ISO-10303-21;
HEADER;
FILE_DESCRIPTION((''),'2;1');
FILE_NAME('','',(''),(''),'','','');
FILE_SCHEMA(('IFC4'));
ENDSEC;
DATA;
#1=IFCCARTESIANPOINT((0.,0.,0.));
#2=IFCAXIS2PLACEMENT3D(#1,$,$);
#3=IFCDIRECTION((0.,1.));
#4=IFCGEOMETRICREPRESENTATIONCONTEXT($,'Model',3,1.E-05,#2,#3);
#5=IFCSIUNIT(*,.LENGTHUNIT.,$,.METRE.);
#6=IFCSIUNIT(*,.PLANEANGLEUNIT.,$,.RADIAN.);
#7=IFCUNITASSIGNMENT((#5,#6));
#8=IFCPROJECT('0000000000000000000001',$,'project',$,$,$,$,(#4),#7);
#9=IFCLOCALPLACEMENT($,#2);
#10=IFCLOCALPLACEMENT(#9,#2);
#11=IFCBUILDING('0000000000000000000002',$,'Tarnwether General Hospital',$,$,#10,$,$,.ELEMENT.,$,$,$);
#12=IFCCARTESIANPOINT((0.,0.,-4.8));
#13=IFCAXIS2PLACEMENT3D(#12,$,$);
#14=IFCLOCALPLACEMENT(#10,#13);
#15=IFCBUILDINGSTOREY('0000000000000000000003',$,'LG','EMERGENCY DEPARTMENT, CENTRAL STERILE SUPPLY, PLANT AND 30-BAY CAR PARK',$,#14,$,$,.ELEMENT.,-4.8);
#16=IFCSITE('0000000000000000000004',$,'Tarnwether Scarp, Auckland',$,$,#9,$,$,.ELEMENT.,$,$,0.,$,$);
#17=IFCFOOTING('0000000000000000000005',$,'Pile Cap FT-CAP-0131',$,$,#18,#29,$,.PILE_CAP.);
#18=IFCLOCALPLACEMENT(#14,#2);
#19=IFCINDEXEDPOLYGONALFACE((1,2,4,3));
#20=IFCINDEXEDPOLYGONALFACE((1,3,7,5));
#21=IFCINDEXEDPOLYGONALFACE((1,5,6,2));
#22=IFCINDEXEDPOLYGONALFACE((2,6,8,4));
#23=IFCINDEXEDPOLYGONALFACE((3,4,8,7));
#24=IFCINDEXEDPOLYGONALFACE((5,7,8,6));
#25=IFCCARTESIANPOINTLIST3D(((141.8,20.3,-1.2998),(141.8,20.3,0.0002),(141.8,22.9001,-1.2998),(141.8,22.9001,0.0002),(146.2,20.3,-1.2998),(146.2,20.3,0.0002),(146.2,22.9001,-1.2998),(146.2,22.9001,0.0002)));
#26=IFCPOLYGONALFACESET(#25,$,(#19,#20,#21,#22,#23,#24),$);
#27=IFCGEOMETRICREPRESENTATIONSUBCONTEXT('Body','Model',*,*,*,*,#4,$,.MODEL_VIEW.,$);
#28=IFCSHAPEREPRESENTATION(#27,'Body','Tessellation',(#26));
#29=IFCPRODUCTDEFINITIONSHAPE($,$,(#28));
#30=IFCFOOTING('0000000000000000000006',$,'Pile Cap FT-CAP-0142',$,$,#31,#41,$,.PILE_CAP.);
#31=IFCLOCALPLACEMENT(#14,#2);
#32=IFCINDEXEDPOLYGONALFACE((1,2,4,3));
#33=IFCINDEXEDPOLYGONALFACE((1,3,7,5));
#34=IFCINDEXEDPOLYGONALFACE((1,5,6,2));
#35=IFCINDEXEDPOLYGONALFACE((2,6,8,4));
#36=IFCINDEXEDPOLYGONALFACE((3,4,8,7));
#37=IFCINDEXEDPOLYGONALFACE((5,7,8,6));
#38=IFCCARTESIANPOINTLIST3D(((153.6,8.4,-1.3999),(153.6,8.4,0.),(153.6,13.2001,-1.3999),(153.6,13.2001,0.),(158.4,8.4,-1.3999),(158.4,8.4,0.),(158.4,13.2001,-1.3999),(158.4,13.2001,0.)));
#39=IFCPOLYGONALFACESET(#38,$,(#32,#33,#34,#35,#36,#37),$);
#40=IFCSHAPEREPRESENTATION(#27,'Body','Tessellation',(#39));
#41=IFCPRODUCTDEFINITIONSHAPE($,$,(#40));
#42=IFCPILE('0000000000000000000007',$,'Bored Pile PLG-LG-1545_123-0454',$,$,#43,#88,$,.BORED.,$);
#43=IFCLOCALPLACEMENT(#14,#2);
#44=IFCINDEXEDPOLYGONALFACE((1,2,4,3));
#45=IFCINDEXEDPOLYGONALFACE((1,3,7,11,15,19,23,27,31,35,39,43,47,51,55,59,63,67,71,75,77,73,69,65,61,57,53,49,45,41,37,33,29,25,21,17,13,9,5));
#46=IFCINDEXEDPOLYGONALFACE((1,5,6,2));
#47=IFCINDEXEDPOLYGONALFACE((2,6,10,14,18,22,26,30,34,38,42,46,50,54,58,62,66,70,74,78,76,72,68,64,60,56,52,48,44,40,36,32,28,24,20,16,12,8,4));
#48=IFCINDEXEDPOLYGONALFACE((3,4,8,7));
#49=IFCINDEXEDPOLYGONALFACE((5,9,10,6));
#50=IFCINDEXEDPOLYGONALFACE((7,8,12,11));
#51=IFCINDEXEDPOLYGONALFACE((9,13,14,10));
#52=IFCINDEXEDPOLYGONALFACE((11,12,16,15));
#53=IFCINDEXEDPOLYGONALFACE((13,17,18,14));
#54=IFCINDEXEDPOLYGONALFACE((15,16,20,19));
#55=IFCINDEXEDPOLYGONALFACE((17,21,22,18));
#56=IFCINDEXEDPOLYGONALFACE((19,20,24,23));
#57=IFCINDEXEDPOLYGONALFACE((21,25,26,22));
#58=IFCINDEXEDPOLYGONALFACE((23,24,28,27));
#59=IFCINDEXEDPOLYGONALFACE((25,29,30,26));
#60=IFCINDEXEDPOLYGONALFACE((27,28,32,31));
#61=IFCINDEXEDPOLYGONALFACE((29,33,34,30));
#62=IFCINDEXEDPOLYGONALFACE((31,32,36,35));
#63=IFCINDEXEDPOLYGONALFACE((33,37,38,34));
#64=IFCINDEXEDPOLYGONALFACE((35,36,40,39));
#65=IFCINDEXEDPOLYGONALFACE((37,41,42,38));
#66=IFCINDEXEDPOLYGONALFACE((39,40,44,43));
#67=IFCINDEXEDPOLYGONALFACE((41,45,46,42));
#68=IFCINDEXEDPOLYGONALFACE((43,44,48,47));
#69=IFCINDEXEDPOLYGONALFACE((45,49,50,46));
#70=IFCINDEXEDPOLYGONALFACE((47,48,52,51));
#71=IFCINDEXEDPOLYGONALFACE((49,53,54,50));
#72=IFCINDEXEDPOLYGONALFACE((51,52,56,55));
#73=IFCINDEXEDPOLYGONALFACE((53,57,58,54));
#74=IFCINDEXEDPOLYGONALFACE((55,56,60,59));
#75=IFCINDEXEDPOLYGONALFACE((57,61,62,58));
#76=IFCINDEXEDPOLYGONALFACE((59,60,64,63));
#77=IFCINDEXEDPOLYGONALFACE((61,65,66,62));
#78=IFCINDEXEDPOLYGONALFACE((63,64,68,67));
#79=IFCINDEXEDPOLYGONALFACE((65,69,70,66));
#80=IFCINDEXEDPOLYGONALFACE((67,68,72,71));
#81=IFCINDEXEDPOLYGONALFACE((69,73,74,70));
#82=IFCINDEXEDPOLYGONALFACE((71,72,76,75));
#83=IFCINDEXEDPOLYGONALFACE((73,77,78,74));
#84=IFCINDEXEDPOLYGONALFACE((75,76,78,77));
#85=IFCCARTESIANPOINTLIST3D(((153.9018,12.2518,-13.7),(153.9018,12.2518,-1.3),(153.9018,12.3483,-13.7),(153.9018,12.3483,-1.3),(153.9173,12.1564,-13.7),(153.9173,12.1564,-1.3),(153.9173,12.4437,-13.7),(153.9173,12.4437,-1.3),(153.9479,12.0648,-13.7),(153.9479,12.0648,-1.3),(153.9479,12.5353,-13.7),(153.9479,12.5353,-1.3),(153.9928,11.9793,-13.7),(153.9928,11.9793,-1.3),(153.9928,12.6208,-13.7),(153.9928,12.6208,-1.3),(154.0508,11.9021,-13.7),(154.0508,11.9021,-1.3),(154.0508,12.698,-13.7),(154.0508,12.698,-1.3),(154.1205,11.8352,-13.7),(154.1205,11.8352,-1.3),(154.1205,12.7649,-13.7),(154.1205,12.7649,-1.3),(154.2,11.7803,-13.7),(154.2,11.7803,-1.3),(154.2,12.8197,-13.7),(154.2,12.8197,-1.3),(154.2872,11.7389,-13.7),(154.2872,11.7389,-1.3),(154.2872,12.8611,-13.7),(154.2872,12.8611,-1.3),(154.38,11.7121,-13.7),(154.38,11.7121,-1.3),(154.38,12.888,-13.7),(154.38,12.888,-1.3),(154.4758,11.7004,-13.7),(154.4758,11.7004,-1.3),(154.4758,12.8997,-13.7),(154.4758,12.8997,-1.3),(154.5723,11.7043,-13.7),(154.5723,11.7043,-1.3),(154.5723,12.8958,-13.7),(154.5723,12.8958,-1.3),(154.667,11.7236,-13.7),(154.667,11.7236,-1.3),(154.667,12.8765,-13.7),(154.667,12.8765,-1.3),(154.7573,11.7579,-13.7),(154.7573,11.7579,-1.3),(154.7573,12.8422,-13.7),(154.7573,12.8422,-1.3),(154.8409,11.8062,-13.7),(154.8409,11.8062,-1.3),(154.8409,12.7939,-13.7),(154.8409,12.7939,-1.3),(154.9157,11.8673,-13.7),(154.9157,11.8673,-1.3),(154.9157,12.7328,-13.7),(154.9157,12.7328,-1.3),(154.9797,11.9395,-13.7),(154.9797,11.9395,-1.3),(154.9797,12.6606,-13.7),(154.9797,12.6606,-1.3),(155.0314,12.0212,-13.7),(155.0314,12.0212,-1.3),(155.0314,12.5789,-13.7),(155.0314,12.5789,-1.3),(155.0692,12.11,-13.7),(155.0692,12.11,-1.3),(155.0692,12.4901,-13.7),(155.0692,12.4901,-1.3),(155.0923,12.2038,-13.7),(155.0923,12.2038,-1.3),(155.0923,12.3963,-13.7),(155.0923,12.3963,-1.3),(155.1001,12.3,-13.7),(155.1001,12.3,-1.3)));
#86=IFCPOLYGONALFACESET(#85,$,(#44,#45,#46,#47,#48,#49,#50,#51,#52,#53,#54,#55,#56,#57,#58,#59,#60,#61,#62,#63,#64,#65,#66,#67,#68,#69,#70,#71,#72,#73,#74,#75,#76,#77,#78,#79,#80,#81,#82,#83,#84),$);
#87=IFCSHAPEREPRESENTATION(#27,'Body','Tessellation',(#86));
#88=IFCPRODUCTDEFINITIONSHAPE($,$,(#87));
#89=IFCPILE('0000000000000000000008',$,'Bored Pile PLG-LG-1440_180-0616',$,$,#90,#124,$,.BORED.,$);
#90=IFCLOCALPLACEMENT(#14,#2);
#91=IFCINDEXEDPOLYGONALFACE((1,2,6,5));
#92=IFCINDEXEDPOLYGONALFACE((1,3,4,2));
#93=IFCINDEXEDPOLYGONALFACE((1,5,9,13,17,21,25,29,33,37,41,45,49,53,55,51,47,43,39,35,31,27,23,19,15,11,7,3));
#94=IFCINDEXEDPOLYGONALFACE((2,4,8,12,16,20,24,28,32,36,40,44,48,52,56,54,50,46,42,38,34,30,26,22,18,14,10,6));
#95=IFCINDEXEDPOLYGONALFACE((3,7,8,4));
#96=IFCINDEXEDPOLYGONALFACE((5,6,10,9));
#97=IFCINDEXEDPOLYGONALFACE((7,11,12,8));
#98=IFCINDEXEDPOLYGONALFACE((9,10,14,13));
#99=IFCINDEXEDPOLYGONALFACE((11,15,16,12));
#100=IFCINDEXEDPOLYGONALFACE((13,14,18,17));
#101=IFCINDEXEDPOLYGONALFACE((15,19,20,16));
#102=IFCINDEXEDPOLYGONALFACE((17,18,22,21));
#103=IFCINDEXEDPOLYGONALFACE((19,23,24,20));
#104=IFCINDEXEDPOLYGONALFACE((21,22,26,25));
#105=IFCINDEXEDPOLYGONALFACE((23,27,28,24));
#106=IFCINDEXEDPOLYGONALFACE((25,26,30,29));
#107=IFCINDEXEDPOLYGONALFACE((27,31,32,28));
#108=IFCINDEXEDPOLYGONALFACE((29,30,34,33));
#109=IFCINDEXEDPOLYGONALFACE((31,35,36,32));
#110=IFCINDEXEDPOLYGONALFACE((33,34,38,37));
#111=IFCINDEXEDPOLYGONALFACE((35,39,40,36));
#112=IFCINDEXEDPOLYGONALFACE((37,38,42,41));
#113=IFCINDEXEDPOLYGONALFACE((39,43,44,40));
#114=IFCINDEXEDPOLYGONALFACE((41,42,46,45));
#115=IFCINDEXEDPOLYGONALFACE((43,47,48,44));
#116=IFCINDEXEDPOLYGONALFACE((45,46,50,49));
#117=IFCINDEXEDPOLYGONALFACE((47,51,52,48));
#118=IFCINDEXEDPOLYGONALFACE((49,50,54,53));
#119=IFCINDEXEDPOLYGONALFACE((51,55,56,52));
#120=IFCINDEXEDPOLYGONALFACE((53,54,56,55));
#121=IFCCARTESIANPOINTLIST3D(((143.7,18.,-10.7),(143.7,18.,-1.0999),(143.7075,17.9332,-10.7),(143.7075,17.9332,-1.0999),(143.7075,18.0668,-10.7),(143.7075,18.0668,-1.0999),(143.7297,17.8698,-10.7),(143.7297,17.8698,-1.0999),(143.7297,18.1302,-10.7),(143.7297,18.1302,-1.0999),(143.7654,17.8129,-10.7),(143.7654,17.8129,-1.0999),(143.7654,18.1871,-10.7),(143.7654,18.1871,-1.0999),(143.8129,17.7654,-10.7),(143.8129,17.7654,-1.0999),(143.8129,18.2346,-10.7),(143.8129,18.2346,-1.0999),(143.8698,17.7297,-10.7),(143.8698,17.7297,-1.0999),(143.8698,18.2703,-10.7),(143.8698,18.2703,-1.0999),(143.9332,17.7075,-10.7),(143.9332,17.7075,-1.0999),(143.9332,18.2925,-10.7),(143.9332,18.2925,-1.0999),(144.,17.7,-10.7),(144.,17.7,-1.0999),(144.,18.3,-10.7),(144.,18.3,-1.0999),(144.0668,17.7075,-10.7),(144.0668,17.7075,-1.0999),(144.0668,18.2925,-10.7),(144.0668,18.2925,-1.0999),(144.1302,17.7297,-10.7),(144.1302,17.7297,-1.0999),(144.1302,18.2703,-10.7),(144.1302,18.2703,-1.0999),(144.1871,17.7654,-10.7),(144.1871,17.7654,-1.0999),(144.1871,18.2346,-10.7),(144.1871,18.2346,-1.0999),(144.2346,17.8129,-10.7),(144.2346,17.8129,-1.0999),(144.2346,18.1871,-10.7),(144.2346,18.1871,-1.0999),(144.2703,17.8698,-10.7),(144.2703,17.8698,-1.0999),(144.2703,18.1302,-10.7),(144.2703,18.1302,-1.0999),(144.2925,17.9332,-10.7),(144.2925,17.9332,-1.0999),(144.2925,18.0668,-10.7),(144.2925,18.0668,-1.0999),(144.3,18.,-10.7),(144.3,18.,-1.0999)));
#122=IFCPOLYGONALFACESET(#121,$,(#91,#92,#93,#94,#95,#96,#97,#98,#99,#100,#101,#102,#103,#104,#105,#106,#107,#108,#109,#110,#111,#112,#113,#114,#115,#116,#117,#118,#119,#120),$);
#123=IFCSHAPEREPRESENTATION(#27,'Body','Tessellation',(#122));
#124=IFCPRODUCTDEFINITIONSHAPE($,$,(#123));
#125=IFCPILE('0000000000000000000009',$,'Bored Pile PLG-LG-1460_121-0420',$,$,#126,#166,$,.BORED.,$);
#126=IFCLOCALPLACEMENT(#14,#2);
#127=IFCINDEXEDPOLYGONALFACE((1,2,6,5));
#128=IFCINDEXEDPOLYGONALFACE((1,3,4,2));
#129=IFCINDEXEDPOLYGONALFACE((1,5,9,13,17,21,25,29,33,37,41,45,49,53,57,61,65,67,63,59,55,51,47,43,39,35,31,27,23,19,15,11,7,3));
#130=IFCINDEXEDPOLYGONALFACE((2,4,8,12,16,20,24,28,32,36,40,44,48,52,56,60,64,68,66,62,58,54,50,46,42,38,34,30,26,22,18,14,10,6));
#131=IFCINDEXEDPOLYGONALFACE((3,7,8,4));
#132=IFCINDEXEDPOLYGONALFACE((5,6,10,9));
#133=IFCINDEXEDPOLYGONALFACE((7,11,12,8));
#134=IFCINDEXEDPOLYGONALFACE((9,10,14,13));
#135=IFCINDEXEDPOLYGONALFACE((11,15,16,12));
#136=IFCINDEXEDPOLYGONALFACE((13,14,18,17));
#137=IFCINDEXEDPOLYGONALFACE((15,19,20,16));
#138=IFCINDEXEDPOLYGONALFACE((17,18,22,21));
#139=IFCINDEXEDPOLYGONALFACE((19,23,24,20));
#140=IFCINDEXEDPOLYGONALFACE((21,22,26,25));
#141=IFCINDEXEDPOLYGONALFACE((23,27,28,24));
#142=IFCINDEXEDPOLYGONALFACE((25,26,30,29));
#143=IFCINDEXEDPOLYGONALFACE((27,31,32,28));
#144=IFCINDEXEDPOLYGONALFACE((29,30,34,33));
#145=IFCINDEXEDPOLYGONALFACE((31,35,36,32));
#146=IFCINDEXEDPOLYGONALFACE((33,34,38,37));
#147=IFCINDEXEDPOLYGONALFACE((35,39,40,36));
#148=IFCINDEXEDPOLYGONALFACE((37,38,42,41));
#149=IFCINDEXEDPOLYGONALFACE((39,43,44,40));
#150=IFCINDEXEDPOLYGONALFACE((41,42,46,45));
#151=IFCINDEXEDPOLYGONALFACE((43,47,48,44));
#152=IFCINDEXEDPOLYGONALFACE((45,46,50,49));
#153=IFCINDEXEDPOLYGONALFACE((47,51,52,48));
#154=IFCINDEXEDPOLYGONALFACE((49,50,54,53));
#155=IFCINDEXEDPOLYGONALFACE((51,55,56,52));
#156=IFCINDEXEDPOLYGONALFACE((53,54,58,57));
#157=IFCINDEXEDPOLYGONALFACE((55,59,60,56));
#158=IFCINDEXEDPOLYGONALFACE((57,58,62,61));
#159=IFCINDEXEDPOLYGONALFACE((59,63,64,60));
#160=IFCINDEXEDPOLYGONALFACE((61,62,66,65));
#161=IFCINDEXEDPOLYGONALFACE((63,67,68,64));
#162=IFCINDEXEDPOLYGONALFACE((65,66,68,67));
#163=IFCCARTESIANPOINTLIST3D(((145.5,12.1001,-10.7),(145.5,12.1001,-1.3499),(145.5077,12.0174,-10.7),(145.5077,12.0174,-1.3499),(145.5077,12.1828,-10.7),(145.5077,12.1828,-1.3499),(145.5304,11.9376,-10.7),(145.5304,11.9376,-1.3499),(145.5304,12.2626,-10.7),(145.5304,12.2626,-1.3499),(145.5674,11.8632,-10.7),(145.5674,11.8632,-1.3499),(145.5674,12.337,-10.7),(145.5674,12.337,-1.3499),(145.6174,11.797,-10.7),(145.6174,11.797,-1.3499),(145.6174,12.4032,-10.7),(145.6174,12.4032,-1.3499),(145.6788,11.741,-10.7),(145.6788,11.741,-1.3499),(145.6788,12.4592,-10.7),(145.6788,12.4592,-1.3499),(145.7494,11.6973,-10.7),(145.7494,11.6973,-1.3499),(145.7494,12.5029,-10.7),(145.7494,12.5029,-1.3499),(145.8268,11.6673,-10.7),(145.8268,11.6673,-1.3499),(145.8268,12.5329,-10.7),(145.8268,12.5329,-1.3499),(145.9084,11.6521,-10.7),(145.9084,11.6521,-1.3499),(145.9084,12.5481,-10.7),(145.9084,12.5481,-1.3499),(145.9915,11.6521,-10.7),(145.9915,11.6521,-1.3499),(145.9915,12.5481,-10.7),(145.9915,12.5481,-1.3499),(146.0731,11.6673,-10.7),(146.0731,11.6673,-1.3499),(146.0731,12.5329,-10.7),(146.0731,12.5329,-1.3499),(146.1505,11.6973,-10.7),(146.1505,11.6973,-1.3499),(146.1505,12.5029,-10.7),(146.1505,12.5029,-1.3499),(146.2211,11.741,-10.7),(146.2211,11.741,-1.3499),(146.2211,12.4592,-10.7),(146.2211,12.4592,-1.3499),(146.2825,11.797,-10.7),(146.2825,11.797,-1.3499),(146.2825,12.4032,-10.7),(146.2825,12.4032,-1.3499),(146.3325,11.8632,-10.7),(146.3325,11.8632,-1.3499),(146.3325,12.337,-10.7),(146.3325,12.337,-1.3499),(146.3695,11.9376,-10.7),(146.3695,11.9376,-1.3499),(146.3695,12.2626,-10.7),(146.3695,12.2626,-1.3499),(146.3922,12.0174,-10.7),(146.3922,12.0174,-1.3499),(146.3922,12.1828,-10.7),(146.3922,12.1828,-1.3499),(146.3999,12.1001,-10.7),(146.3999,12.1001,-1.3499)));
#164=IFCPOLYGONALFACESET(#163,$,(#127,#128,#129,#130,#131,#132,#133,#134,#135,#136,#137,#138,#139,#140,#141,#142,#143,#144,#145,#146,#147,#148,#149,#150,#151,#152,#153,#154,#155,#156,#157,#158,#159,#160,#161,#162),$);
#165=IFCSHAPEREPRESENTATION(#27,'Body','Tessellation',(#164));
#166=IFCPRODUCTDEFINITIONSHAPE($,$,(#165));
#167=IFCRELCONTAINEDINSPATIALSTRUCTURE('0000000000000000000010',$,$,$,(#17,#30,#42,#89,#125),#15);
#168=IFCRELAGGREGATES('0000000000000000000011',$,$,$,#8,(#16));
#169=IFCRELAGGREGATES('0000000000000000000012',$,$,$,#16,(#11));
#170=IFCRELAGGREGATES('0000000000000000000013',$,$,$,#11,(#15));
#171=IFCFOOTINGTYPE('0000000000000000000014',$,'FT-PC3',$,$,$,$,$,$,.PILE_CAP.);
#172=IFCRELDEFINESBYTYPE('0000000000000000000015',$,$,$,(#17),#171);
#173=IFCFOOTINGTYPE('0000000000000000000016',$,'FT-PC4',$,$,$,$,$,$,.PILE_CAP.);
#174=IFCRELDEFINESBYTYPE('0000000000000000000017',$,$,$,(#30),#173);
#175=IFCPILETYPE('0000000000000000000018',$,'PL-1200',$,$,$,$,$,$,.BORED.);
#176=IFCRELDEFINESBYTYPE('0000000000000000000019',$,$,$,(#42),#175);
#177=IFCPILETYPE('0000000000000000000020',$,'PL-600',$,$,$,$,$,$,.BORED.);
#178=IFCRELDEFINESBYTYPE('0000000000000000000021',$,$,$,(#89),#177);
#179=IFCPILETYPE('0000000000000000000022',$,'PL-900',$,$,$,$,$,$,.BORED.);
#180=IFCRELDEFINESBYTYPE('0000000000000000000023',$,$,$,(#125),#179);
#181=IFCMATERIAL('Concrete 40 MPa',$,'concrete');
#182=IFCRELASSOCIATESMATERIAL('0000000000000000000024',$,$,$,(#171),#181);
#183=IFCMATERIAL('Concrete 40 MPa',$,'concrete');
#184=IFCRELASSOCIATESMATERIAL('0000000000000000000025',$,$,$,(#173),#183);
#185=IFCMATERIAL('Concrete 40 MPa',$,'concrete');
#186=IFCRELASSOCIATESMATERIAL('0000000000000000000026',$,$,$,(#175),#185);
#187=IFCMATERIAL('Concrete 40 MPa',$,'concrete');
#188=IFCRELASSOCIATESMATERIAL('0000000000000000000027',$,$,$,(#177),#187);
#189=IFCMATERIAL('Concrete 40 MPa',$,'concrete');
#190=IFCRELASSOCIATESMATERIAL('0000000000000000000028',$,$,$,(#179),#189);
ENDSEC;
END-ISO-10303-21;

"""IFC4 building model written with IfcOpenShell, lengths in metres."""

from ifc_helpers import new_model, si_unit, direction, frame, origin, origin_2d, place, context, subcontext, project, spatial, rectangle, circle, extrude, material, material_profile, profile_set, type_object, element, save


model = new_model("IFC4")

# Units and contexts
model_context = context("Model", 3, precision=1e-05, world=origin(), true_north=direction((0.0, 1.0)))
body_context = subcontext(model_context, "Body", "Model", "MODEL_VIEW")
ifc_project = project(units=[si_unit("LENGTHUNIT", "METRE"), si_unit("PLANEANGLEUNIT", "RADIAN")], contexts=[model_context])

# Site, building, storey
site_placement = place(None, origin())
site = spatial("IfcSite", under=ifc_project, at=site_placement, Name="Tarnwether Scarp, Auckland", CompositionType="ELEMENT", RefElevation=0.0)
building_placement = place(site_placement, origin())
building = spatial("IfcBuilding", under=site, at=building_placement, Name="Tarnwether General Hospital", CompositionType="ELEMENT")
storey_placement = place(building_placement, frame((0.0, 0.0, -4.8)))
storey = spatial("IfcBuildingStorey", under=building, at=storey_placement, Name="LG", Description="EMERGENCY DEPARTMENT, CENTRAL STERILE SUPPLY, PLANT AND 30-BAY CAR PARK", CompositionType="ELEMENT", Elevation=-4.8)

# Footings
ifc_material_1 = material(Name="Concrete 40 MPa", Category="concrete")
footing_type_1 = type_object("IfcFootingType", Name="FT-PC3", PredefinedType="PILE_CAP", material=ifc_material_1)
footing_1_placement = place(storey_placement, frame((144.0, 21.6001, -1.2998), z_axis=(0.0, 0.0, 1.0), x_axis=(1.0, 0.0, 0.0)))
element("IfcFooting", 1, at=footing_1_placement, inside=storey, type_object=footing_type_1, Name="Pile Cap FT-CAP-0131", PredefinedType="PILE_CAP", context=body_context, shape_type="SweptSolid", body=[
    extrude(rectangle(XDim=4.3999, YDim=2.6001, at=origin_2d()), origin(), (0.0, 0.0, 1.0), 1.3),
])
ifc_material_2 = material(Name="Concrete 40 MPa", Category="concrete")
footing_type_2 = type_object("IfcFootingType", Name="FT-PC4", PredefinedType="PILE_CAP", material=ifc_material_2)
footing_2_placement = place(storey_placement, frame((156.0, 10.8, -1.3999), z_axis=(0.0, 0.0, 1.0), x_axis=(0.0, 1.0, 0.0)))
element("IfcFooting", 2, at=footing_2_placement, inside=storey, type_object=footing_type_2, Name="Pile Cap FT-CAP-0142", PredefinedType="PILE_CAP", context=body_context, shape_type="SweptSolid", body=[
    extrude(rectangle(XDim=4.8, YDim=4.8, at=origin_2d()), origin(), (0.0, 0.0, 1.0), 1.3999),
])

# Piles
ifc_material_3 = material(Name="Concrete 40 MPa", Category="concrete")
ifc_material_profile_1 = material_profile(ifc_material_3, circle(Radius=0.6001, at=origin_2d()), Name="PILE-D1200")
ifc_profile_set_1 = profile_set([ifc_material_profile_1], Name="Concrete 40 MPa")
pile_type_1 = type_object("IfcPileType", Name="PL-1200", PredefinedType="BORED", material=ifc_profile_set_1)
pile_1_placement = place(storey_placement, frame((154.5, 12.3, -1.3), z_axis=(0.0, 0.0, -1.0), x_axis=(1.0, 0.0, 0.0)))
element("IfcPile", 3, at=pile_1_placement, inside=storey, type_object=pile_type_1, Name="Bored Pile PLG-LG-1545_123-0454", PredefinedType="BORED", context=body_context, shape_type="SweptSolid", body=[
    extrude(circle(Radius=0.6001, at=origin_2d()), origin(), (0.0, 0.0, 1.0), 12.3999),
])
ifc_material_4 = material(Name="Concrete 40 MPa", Category="concrete")
ifc_material_profile_2 = material_profile(ifc_material_4, circle(Radius=0.3, at=origin_2d()), Name="PILE-D600")
ifc_profile_set_2 = profile_set([ifc_material_profile_2], Name="Concrete 40 MPa")
pile_type_2 = type_object("IfcPileType", Name="PL-600", PredefinedType="BORED", material=ifc_profile_set_2)
pile_2_placement = place(storey_placement, frame((144.0, 18.0, -1.0999), z_axis=(0.0, 0.0, -1.0), x_axis=(1.0, 0.0, 0.0)))
element("IfcPile", 4, at=pile_2_placement, inside=storey, type_object=pile_type_2, Name="Bored Pile PLG-LG-1440_180-0616", PredefinedType="BORED", context=body_context, shape_type="SweptSolid", body=[
    extrude(circle(Radius=0.3, at=origin_2d()), origin(), (0.0, 0.0, 1.0), 9.6001),
])
ifc_material_5 = material(Name="Concrete 40 MPa", Category="concrete")
ifc_material_profile_3 = material_profile(ifc_material_5, circle(Radius=0.45, at=origin_2d()), Name="PILE-D900")
ifc_profile_set_3 = profile_set([ifc_material_profile_3], Name="Concrete 40 MPa")
pile_type_3 = type_object("IfcPileType", Name="PL-900", PredefinedType="BORED", material=ifc_profile_set_3)
pile_3_placement = place(storey_placement, frame((145.95, 12.1001, -1.3499), z_axis=(0.0, 0.0, -1.0), x_axis=(1.0, 0.0, 0.0)))
element("IfcPile", 5, at=pile_3_placement, inside=storey, type_object=pile_type_3, Name="Bored Pile PLG-LG-1460_121-0420", PredefinedType="BORED", context=body_context, shape_type="SweptSolid", body=[
    extrude(circle(Radius=0.45, at=origin_2d()), origin(), (0.0, 0.0, 1.0), 9.3501),
])

save(model, "model.ifc")
